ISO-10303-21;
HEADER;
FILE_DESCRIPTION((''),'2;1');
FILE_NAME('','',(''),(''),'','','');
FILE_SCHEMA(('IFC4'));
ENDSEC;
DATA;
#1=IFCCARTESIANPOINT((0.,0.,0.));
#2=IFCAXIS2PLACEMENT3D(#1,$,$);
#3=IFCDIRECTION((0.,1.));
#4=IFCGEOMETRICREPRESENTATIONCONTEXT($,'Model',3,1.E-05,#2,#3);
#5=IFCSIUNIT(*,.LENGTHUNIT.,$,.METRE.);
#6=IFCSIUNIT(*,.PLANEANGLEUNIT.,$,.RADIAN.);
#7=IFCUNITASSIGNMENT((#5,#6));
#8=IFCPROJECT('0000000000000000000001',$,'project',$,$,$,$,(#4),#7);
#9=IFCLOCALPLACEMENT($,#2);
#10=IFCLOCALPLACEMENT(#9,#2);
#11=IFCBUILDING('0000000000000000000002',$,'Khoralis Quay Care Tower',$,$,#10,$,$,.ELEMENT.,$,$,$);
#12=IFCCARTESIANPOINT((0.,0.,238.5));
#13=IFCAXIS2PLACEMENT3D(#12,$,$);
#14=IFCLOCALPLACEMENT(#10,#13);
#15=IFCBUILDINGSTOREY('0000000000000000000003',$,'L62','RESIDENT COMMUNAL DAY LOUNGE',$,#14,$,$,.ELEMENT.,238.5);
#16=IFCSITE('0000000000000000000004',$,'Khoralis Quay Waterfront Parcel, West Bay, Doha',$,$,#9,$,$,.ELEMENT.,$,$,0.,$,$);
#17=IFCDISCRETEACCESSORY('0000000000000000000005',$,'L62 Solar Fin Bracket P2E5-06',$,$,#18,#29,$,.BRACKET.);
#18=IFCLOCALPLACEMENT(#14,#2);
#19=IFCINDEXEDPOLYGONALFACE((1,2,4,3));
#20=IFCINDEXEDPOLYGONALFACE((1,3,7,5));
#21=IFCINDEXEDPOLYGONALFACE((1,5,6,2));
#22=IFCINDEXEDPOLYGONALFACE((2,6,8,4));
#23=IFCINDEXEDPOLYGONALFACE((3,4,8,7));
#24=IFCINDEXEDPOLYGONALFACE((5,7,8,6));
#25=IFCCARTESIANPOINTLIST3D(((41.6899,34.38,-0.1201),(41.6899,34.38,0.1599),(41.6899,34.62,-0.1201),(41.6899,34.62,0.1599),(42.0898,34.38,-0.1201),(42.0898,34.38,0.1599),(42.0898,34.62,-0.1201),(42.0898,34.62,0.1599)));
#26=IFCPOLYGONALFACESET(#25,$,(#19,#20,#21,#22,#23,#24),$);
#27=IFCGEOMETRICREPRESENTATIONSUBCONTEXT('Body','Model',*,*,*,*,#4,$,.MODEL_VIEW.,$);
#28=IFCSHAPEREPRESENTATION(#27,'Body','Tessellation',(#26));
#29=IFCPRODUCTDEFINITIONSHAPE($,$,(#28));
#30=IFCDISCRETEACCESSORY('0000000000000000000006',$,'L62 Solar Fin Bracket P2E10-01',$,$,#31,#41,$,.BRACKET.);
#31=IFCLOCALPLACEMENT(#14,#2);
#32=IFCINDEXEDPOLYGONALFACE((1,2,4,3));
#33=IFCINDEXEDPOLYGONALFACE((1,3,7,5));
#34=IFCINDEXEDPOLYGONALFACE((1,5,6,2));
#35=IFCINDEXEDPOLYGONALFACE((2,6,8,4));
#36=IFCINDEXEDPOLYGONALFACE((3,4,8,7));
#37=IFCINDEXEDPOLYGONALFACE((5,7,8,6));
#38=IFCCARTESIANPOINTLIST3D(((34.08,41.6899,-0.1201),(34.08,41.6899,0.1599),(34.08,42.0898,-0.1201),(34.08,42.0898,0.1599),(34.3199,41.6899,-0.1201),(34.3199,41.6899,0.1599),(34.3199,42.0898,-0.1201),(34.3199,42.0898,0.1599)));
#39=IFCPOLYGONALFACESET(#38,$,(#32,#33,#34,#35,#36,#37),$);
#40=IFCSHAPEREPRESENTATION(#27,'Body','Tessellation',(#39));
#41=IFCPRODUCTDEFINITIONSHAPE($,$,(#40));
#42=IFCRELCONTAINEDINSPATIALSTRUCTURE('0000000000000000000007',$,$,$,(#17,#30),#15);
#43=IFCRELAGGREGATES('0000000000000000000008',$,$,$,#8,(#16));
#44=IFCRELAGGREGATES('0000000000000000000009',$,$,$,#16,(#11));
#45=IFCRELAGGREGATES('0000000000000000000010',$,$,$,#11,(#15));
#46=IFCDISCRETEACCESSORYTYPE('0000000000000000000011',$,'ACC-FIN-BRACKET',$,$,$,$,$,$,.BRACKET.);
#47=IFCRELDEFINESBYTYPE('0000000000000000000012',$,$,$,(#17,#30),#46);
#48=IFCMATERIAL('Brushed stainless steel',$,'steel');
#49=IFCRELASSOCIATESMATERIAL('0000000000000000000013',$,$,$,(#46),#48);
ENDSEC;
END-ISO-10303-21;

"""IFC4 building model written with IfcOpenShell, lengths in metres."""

from ifc_helpers import new_model, si_unit, direction, frame, origin, origin_2d, place, context, subcontext, project, spatial, rectangle, extrude, source, transform, mapped, material, type_object, element, save


model = new_model("IFC4")

# Units and contexts
model_context = context("Model", 3, precision=1e-05, world=origin(), true_north=direction((0.0, 1.0)))
body_context = subcontext(model_context, "Body", "Model", "MODEL_VIEW")
ifc_project = project(units=[si_unit("LENGTHUNIT", "METRE"), si_unit("PLANEANGLEUNIT", "RADIAN")], contexts=[model_context])

# Site, building, storey
site_placement = place(None, origin())
site = spatial("IfcSite", under=ifc_project, at=site_placement, Name="Khoralis Quay Waterfront Parcel, West Bay, Doha", CompositionType="ELEMENT", RefElevation=0.0)
building_placement = place(site_placement, origin())
building = spatial("IfcBuilding", under=site, at=building_placement, Name="Khoralis Quay Care Tower", CompositionType="ELEMENT")
storey_placement = place(building_placement, frame((0.0, 0.0, 238.5)))
storey = spatial("IfcBuildingStorey", under=building, at=storey_placement, Name="L62", Description="RESIDENT COMMUNAL DAY LOUNGE", CompositionType="ELEMENT", Elevation=238.5)

# Discrete accessories
ifc_material_1 = material(Name="Brushed stainless steel", Category="steel")
discrete_accessory_type = type_object("IfcDiscreteAccessoryType", Name="ACC-FIN-BRACKET", PredefinedType="BRACKET", material=ifc_material_1)
shared_shape_1 = source(origin(), body_context, "Body", "SweptSolid", [
    extrude(rectangle(XDim=0.3999, YDim=0.24, at=origin_2d()), origin(), (0.0, 0.0, 1.0), 0.28),
])
for number, where, z_axis, x_axis, name in (
    (1, (41.8899, 34.5, -0.1201), (0.0, 0.0, 1.0), (1.0, 0.0, 0.0), "L62 Solar Fin Bracket P2E5-06"),
    (2, (34.2, 41.8899, -0.1201), (0.0, 0.0, 1.0), (0.0, 1.0, 0.0), "L62 Solar Fin Bracket P2E10-01"),
):
    element("IfcDiscreteAccessory", number, at=place(storey_placement, frame(where, z_axis=z_axis, x_axis=x_axis)), inside=storey, type_object=discrete_accessory_type, Name=name, PredefinedType="BRACKET", context=body_context, shape_type="MappedRepresentation", body=[
        mapped(shared_shape_1, transform((0.0, 0.0, 0.0), scale=1.0)),
    ])

save(model, "model.ifc")
